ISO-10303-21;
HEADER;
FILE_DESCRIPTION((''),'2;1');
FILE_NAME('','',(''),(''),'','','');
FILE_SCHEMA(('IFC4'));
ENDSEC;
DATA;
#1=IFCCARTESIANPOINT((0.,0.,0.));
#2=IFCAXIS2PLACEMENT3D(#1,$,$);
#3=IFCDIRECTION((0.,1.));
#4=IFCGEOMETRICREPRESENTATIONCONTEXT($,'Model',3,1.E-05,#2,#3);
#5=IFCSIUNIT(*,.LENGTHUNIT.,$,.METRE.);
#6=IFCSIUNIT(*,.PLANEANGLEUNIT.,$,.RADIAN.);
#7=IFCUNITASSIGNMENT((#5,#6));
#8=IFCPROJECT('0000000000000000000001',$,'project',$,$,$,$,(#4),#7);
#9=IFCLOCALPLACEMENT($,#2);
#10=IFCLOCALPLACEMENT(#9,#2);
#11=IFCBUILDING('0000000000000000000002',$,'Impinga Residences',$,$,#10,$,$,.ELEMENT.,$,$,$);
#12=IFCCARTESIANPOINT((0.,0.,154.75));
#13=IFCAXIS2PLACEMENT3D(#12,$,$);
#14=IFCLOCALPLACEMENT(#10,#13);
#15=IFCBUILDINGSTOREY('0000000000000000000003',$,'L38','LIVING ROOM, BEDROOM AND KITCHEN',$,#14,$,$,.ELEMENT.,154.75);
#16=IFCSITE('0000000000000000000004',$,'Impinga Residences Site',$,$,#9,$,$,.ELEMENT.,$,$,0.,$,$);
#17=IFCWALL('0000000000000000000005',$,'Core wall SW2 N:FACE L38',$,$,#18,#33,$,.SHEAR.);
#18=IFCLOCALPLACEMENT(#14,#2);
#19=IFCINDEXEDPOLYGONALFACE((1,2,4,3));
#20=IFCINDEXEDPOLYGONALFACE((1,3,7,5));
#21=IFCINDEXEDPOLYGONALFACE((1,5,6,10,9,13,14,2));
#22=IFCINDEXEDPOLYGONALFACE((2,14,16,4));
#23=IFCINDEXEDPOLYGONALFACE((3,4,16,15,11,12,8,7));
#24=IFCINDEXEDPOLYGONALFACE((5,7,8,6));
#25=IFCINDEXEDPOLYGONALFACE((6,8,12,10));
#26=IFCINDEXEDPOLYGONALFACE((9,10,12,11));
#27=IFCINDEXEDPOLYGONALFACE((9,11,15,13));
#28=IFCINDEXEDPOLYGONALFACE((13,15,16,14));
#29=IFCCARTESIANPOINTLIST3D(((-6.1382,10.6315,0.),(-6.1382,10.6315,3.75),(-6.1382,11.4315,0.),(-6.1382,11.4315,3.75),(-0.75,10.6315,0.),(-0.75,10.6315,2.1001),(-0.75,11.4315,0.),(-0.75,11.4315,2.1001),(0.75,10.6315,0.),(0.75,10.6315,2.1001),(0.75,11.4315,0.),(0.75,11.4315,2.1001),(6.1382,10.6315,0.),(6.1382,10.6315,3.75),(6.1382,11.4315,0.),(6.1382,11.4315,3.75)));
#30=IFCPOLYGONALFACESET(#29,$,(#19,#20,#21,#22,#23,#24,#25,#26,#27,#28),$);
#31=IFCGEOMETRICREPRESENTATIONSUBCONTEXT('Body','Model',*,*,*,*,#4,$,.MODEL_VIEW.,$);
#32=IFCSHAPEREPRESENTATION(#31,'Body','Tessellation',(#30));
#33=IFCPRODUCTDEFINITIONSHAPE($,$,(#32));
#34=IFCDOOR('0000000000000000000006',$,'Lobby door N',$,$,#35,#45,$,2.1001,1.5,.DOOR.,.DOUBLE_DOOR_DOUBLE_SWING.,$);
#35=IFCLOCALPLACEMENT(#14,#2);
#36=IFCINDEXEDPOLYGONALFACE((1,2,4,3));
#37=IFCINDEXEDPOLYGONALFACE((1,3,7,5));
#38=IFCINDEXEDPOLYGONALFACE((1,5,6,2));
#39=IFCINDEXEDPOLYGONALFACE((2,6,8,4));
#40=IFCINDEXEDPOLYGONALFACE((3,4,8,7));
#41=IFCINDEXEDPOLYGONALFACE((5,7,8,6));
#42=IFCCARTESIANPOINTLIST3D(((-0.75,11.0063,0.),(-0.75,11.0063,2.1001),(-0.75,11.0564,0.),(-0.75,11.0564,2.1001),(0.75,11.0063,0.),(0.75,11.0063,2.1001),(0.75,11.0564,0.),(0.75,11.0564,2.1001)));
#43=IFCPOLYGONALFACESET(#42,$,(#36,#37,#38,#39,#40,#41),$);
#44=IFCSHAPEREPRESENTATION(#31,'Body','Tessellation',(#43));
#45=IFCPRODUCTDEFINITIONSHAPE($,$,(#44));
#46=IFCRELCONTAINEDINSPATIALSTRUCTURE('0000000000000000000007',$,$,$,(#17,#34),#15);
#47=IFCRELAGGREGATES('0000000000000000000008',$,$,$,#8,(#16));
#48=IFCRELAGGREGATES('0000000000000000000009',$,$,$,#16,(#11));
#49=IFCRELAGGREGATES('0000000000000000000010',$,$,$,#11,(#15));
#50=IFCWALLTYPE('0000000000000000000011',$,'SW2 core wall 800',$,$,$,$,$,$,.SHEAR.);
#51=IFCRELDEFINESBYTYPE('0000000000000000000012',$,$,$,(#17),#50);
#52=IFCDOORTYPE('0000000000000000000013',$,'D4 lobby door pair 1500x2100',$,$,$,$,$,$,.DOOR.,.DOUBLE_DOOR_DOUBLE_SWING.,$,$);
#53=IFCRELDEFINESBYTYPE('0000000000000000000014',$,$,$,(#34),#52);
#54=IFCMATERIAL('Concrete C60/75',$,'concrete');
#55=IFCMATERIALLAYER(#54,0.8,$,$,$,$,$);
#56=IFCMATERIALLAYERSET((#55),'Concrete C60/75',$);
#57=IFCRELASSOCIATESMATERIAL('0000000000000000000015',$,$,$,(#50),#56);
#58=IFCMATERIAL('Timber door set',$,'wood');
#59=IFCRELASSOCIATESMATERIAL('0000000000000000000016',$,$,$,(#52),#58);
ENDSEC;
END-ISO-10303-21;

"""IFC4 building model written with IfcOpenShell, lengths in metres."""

from ifc_helpers import new_model, si_unit, direction, frame, frame_2d, origin, place, context, subcontext, project, spatial, rectangle, extrude, material, layer, layer_set, type_object, element, fill, save


model = new_model("IFC4")

# Units and contexts
model_context = context("Model", 3, precision=1e-05, world=origin(), true_north=direction((0.0, 1.0)))
body_context = subcontext(model_context, "Body", "Model", "MODEL_VIEW")
ifc_project = project(units=[si_unit("LENGTHUNIT", "METRE"), si_unit("PLANEANGLEUNIT", "RADIAN")], contexts=[model_context])

# Site, building, storey
site_placement = place(None, origin())
site = spatial("IfcSite", under=ifc_project, at=site_placement, Name="Impinga Residences Site", CompositionType="ELEMENT", RefElevation=0.0)
building_placement = place(site_placement, origin())
building = spatial("IfcBuilding", under=site, at=building_placement, Name="Impinga Residences", CompositionType="ELEMENT")
storey_placement = place(building_placement, frame((0.0, 0.0, 154.75)))
storey = spatial("IfcBuildingStorey", under=building, at=storey_placement, Name="L38", Description="LIVING ROOM, BEDROOM AND KITCHEN", CompositionType="ELEMENT", Elevation=154.75)

# Shared definitions
ifc_material_1 = material(Name="Concrete C60/75", Category="concrete")

# Wall, opening, door
ifc_layer_1 = layer(ifc_material_1, 0.8)
ifc_layer_set_1 = layer_set([ifc_layer_1], Name="Concrete C60/75")
wall_type_1 = type_object("IfcWallType", Name="SW2 core wall 800", PredefinedType="SHEAR", material=ifc_layer_set_1)
wall_1_placement = place(storey_placement, frame((-6.1382, 11.0315, 0.0), z_axis=(0.0, 0.0, 1.0), x_axis=(1.0, 0.0, 0.0)))
wall_1 = element("IfcWall", 1, at=wall_1_placement, inside=storey, type_object=wall_type_1, Name="Core wall SW2 N:FACE L38", PredefinedType="SHEAR", context=body_context, shape_type="SweptSolid", body=[
    extrude(rectangle(XDim=12.2764, YDim=0.8, at=frame_2d((6.1382, 0.0))), origin(), (0.0, 0.0, 1.0), 3.75),
])
opening_1_placement = place(wall_1_placement, frame((5.3882, 0.0, 0.0)))
opening_1 = element("IfcOpeningElement", 2, at=opening_1_placement, cuts=wall_1, PredefinedType="OPENING", context=body_context, shape_type="SweptSolid", body=[
    extrude(rectangle(XDim=1.5, YDim=2.1001, at=frame_2d((0.75, 1.05))), frame((0.0, 0.4099, 0.0), z_axis=(0.0, -1.0, 0.0), x_axis=(1.0, 0.0, 0.0)), (0.0, 0.0, 1.0), 0.8201),
])
ifc_material_2 = material(Name="Timber door set", Category="wood")
door_type = type_object("IfcDoorType", Name="D4 lobby door pair 1500x2100", OperationType="DOUBLE_DOOR_DOUBLE_SWING", PredefinedType="DOOR", material=ifc_material_2)
door_placement = place(opening_1_placement, origin())
door = element("IfcDoor", 3, at=door_placement, inside=storey, type_object=door_type, Name="Lobby door N", OperationType="DOUBLE_DOOR_DOUBLE_SWING", OverallHeight=2.1001, OverallWidth=1.5, PredefinedType="DOOR", context=body_context, shape_type="SweptSolid", body=[
    extrude(rectangle(XDim=1.5, YDim=2.1001, at=frame_2d((0.75, 1.05))), frame((0.0, 0.0249, 0.0), z_axis=(0.0, -1.0, 0.0), x_axis=(1.0, 0.0, 0.0)), (0.0, 0.0, 1.0), 0.05),
])
fill(opening_1, door)

save(model, "model.ifc")
